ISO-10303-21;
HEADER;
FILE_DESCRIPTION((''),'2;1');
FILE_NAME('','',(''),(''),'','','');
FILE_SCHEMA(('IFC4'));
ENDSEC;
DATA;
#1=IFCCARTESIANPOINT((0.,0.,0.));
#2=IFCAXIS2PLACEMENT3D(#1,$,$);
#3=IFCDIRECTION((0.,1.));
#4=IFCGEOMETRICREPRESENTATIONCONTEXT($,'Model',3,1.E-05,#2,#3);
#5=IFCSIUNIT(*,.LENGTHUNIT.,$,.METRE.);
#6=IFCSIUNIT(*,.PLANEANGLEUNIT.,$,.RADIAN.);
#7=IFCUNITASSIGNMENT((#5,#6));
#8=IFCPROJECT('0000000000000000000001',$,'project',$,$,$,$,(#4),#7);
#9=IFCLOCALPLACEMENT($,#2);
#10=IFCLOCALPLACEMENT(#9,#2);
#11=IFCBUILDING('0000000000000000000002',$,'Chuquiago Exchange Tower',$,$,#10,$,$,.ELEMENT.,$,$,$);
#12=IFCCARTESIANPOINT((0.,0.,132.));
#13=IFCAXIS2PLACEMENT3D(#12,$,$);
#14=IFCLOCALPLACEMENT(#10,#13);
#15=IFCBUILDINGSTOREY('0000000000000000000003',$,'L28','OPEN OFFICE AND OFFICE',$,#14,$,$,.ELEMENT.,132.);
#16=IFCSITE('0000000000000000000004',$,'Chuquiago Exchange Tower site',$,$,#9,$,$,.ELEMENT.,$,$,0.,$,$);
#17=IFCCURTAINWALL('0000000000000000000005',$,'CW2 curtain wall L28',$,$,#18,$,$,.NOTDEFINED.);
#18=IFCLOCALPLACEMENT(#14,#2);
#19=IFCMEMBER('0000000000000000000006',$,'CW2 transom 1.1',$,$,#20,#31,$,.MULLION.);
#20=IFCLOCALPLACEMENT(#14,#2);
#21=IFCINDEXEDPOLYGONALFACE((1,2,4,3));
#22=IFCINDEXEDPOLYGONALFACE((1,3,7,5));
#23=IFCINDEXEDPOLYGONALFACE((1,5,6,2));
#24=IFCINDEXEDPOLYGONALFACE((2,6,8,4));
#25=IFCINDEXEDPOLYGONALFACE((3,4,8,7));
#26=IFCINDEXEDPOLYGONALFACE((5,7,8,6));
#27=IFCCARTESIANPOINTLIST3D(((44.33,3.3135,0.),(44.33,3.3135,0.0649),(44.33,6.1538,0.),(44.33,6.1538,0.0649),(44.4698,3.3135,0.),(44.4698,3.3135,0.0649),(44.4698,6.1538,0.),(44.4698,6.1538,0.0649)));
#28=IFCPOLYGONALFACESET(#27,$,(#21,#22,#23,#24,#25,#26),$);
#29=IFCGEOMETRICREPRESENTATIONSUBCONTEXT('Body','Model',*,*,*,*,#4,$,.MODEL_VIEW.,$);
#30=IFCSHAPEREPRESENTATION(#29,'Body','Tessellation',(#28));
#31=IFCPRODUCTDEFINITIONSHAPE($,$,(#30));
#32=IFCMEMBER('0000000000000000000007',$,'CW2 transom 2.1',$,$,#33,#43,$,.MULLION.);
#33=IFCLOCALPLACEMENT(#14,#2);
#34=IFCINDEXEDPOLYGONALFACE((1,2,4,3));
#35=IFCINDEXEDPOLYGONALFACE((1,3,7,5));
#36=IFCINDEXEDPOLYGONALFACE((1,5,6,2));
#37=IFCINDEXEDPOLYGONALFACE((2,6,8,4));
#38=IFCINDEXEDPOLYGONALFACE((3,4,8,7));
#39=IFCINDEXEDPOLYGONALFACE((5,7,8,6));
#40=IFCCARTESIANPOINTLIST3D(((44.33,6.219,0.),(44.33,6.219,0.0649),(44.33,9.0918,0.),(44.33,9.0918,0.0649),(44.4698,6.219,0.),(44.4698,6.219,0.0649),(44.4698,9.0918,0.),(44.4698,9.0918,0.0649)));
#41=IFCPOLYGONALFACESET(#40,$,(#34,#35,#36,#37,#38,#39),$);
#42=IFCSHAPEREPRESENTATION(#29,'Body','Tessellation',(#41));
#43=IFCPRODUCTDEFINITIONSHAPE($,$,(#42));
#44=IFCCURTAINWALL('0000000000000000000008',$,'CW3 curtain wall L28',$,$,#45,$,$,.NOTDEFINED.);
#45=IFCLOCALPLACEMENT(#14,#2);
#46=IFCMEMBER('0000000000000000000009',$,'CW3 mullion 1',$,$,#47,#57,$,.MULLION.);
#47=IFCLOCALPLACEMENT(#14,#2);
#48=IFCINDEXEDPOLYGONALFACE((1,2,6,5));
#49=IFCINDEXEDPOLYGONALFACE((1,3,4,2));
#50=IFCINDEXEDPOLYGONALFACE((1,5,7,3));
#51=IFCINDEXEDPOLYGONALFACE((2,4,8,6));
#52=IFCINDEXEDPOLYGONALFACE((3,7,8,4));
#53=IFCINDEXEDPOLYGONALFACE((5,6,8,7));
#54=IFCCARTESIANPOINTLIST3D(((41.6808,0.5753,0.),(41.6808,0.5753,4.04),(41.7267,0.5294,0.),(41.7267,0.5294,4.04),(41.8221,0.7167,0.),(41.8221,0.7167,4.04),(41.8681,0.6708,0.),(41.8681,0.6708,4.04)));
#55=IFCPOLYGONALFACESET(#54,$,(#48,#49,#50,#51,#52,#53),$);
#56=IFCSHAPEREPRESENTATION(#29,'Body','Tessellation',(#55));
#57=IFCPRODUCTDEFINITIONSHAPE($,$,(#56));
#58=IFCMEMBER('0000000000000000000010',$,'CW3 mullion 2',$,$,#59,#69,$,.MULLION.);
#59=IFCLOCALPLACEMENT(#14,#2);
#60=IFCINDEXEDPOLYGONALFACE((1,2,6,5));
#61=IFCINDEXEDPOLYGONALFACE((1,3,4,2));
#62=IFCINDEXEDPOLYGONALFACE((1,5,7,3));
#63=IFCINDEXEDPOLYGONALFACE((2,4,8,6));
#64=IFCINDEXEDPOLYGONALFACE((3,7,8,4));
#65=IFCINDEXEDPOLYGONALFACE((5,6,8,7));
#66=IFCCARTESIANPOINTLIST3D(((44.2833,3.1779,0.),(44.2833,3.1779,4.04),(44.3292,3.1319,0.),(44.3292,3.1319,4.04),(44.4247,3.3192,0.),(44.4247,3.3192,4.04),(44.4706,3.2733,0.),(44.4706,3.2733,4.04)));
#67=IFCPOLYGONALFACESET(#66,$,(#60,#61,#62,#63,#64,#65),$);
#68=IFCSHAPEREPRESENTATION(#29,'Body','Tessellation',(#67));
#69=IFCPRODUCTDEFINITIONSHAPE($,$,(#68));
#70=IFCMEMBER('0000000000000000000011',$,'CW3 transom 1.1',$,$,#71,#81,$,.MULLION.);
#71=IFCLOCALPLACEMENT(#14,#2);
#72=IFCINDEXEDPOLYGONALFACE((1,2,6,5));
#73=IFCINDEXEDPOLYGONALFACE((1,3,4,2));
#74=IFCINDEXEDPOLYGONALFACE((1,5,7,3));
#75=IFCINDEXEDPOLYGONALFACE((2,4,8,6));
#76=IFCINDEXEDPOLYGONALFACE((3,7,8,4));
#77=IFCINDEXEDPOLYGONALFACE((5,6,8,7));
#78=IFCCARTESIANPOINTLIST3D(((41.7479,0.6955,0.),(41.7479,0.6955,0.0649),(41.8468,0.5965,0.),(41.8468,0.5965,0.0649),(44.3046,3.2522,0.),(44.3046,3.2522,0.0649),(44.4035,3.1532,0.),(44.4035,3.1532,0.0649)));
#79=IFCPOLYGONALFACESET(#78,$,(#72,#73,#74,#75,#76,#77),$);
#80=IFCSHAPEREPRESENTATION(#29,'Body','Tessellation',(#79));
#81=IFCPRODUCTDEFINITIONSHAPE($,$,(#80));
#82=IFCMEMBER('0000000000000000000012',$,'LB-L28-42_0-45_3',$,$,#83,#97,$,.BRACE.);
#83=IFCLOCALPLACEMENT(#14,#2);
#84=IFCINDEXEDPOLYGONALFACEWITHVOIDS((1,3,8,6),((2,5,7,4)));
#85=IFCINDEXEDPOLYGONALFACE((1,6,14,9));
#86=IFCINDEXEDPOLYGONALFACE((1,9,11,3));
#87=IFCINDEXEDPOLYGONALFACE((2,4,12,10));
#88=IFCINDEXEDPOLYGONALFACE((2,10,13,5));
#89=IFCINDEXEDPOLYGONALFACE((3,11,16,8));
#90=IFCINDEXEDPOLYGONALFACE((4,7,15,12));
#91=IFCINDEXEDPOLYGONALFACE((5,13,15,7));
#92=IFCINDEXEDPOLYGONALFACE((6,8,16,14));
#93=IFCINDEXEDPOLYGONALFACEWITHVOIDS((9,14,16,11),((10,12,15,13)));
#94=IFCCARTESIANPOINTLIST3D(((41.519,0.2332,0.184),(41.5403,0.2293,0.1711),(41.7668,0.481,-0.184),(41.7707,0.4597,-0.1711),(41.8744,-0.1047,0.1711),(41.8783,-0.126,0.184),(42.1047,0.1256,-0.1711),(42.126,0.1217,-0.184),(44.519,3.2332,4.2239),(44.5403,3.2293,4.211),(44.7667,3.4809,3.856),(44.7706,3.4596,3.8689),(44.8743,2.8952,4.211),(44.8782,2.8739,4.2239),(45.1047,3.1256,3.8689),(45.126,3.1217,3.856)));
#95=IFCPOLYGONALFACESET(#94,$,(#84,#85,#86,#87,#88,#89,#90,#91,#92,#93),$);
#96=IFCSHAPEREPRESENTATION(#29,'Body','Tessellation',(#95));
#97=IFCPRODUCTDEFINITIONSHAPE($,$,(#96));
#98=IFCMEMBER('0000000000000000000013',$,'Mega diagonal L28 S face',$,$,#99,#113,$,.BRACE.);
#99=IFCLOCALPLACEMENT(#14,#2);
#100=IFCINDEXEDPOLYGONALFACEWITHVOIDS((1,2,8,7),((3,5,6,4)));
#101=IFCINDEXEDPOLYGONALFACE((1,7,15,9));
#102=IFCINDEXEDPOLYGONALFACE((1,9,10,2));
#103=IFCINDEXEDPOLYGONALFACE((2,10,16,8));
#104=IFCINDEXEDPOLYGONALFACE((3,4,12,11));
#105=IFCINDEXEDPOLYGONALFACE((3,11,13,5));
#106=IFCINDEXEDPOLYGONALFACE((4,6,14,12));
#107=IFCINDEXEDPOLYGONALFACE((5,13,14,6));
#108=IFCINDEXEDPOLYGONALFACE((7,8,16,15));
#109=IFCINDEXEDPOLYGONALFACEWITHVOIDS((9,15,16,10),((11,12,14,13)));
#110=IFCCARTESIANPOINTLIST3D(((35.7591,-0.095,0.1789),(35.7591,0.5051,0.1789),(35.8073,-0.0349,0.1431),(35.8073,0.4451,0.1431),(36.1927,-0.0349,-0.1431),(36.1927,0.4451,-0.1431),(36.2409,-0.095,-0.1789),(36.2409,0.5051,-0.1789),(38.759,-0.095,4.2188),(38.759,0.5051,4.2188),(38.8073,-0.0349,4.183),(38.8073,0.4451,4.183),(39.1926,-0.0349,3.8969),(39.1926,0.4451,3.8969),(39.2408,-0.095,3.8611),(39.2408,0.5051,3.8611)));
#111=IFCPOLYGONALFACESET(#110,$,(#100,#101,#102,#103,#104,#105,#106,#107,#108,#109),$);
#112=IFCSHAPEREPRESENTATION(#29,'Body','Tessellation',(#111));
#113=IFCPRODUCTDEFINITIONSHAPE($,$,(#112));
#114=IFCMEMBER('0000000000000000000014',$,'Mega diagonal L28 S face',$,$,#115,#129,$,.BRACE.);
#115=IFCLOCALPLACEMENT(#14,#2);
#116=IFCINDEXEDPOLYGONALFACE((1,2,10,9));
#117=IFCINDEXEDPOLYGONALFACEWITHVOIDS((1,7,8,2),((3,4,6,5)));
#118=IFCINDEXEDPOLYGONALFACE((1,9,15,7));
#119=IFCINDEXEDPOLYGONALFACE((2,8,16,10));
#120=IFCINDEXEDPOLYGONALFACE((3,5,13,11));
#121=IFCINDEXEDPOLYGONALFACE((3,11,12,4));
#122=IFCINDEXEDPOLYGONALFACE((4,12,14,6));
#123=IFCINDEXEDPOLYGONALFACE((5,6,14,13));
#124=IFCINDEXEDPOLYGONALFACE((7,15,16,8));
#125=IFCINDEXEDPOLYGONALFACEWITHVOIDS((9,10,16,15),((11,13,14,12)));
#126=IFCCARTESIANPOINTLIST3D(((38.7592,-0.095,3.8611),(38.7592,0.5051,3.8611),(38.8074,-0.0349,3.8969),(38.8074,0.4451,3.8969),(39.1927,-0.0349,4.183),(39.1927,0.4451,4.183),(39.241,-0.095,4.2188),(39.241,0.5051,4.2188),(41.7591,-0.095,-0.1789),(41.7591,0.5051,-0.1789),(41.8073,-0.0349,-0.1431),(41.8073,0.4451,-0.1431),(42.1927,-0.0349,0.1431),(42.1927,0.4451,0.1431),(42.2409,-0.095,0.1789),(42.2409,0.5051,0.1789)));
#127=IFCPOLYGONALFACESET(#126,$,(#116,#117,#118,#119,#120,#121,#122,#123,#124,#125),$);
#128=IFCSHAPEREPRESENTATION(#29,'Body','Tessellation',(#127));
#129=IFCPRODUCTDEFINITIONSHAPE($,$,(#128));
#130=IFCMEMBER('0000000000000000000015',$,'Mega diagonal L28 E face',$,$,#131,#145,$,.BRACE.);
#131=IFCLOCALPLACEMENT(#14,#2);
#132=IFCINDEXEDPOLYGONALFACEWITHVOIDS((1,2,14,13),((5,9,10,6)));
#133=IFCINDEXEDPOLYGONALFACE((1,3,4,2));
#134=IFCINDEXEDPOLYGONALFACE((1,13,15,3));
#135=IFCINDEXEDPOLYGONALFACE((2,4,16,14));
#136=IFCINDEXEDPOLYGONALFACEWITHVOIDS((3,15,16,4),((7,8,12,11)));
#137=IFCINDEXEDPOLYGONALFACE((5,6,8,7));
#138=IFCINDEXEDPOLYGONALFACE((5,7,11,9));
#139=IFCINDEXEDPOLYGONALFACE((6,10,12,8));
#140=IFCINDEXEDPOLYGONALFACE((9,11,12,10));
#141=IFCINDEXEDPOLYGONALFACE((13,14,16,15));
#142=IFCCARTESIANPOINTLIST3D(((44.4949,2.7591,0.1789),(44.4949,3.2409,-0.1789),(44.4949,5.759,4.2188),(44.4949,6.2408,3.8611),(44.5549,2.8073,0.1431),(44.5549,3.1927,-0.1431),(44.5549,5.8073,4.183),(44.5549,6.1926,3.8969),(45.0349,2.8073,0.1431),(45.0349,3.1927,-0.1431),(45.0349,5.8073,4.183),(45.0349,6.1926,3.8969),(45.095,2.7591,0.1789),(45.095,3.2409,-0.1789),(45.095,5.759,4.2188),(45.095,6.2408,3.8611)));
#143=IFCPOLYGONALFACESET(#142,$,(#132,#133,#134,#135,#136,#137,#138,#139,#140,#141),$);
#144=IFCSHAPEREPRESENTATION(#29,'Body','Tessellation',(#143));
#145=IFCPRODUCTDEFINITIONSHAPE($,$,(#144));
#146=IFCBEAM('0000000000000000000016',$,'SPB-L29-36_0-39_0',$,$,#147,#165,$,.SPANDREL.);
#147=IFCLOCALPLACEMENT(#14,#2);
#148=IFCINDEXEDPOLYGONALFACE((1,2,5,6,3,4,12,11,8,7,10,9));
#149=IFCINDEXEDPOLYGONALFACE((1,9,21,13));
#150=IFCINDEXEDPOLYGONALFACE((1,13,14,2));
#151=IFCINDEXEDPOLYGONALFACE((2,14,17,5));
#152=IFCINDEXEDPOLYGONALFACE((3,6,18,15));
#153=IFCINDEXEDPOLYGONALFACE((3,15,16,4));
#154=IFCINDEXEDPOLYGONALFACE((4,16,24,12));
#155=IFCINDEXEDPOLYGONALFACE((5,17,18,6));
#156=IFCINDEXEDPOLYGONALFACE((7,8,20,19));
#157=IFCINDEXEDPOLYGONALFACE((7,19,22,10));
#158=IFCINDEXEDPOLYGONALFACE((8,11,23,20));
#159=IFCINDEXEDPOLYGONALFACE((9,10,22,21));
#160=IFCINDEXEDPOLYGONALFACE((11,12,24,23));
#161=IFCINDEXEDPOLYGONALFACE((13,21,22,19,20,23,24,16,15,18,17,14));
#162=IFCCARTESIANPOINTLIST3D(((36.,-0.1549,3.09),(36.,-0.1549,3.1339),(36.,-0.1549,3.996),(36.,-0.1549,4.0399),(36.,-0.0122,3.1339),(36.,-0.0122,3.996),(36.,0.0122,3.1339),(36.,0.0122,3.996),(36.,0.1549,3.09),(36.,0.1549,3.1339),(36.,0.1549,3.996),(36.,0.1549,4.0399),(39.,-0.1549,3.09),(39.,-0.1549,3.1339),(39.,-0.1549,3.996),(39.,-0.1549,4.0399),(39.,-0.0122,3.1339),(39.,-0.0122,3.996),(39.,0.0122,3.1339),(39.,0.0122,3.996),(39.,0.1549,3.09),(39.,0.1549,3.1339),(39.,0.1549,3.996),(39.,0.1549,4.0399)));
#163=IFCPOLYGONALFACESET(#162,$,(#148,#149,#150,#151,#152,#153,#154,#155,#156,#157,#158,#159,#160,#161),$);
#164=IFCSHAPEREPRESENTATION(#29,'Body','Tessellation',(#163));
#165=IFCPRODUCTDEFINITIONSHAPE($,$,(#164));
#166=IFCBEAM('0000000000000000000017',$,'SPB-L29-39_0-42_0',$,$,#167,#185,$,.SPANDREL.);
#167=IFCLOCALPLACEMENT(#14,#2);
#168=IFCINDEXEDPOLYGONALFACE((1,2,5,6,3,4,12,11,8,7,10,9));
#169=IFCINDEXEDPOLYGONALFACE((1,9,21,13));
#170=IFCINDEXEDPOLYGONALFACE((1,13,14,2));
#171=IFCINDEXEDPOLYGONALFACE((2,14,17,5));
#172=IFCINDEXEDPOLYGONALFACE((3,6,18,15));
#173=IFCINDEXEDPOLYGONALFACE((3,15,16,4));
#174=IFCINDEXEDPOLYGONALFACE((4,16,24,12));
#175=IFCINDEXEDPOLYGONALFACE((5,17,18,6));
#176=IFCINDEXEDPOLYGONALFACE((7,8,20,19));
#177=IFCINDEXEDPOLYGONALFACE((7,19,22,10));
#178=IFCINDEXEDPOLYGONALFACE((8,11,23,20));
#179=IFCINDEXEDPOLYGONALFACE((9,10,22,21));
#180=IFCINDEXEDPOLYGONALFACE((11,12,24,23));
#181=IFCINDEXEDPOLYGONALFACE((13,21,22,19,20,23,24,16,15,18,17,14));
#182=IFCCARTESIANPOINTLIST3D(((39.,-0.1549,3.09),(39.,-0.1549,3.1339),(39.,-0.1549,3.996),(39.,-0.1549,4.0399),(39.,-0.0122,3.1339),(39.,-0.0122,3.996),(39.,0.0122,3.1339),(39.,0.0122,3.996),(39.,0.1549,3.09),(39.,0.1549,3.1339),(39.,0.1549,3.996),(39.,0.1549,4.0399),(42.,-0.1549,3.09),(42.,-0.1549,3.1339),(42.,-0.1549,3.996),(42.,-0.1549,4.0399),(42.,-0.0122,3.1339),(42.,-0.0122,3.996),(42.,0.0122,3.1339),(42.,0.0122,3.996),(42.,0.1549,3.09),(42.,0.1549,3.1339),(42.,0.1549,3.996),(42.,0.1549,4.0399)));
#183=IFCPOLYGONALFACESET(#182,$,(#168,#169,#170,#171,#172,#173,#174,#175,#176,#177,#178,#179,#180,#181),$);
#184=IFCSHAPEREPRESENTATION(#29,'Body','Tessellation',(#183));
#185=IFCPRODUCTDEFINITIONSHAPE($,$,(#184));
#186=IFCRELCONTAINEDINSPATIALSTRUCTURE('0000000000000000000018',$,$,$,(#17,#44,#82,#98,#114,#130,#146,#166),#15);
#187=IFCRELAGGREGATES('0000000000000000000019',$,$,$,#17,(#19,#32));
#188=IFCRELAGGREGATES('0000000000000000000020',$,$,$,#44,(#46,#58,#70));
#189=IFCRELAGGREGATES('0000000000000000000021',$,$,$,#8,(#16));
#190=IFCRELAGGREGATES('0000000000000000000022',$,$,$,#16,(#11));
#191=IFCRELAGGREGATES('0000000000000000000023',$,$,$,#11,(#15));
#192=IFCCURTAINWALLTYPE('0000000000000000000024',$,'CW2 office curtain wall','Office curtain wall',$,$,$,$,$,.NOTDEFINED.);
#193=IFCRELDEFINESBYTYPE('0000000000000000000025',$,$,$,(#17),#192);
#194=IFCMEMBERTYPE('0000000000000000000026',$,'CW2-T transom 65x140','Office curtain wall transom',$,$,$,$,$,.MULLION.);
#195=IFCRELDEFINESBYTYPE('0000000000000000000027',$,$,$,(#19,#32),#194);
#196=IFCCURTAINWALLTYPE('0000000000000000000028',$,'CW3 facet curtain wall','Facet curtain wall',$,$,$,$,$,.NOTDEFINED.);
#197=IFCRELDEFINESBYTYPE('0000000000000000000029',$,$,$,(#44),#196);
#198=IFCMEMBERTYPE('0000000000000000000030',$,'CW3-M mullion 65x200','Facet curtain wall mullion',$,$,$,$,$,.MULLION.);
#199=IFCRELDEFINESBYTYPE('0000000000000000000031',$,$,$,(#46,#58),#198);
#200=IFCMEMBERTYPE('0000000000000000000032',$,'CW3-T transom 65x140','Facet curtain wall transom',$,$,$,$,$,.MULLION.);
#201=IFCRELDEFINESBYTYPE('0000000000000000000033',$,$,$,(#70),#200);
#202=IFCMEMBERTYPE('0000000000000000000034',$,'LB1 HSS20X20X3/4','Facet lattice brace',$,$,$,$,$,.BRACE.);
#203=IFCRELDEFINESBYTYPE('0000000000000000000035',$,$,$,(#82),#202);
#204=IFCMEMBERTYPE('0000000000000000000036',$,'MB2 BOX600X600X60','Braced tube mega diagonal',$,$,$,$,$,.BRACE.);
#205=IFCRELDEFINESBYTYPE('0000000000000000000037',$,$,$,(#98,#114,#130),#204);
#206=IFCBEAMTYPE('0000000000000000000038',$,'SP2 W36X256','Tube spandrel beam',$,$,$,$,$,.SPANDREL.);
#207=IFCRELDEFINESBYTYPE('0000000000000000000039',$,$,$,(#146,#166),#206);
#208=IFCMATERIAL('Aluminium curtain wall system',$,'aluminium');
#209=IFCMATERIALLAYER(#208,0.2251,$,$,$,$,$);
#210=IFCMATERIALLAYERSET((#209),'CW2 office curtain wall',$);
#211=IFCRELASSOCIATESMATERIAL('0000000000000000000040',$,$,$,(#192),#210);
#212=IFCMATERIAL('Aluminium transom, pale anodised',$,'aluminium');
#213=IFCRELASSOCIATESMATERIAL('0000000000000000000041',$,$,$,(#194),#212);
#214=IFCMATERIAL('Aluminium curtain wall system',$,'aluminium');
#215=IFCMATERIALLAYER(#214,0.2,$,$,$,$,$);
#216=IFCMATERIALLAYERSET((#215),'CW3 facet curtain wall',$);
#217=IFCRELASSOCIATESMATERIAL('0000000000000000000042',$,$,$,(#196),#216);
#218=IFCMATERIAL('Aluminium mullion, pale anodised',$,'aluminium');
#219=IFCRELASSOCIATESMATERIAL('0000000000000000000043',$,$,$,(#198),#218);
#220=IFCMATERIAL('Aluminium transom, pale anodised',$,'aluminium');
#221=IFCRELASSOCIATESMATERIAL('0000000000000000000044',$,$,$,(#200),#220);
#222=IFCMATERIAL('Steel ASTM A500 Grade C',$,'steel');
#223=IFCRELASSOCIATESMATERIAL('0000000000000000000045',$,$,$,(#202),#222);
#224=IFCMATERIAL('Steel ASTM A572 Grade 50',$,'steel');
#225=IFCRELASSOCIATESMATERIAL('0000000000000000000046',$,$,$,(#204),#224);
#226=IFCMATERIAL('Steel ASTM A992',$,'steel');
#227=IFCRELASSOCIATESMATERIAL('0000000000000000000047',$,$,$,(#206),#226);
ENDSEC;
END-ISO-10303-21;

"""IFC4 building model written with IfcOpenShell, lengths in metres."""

from ifc_helpers import new_model, si_unit, direction, frame, origin, origin_2d, place, context, subcontext, project, spatial, rectangle, hollow_rectangle, i_section, extrude, material, layer, layer_set, material_profile, profile_set, type_object, element, aggregate, save


model = new_model("IFC4")

# Units and contexts
model_context = context("Model", 3, precision=1e-05, world=origin(), true_north=direction((0.0, 1.0)))
body_context = subcontext(model_context, "Body", "Model", "MODEL_VIEW")
ifc_project = project(units=[si_unit("LENGTHUNIT", "METRE"), si_unit("PLANEANGLEUNIT", "RADIAN")], contexts=[model_context])

# Site, building, storey
site_placement = place(None, origin())
site = spatial("IfcSite", under=ifc_project, at=site_placement, Name="Chuquiago Exchange Tower site", CompositionType="ELEMENT", RefElevation=0.0)
building_placement = place(site_placement, origin())
building = spatial("IfcBuilding", under=site, at=building_placement, Name="Chuquiago Exchange Tower", CompositionType="ELEMENT")
storey_placement = place(building_placement, frame((0.0, 0.0, 132.0)))
storey = spatial("IfcBuildingStorey", under=building, at=storey_placement, Name="L28", Description="OPEN OFFICE AND OFFICE", CompositionType="ELEMENT", Elevation=132.0)

# Curtain wall
ifc_material_1 = material(Name="Aluminium curtain wall system", Category="aluminium")
ifc_layer_1 = layer(ifc_material_1, 0.2251)
ifc_layer_set_1 = layer_set([ifc_layer_1], Name="CW2 office curtain wall")
curtain_wall_type_1 = type_object("IfcCurtainWallType", Name="CW2 office curtain wall", Description="Office curtain wall", PredefinedType="NOTDEFINED", material=ifc_layer_set_1)
curtain_wall_1_placement = place(storey_placement, origin())
curtain_wall_1 = element("IfcCurtainWall", 1, at=curtain_wall_1_placement, inside=storey, type_object=curtain_wall_type_1, Name="CW2 curtain wall L28", PredefinedType="NOTDEFINED")

# Members
ifc_material_2 = material(Name="Aluminium transom, pale anodised", Category="aluminium")
ifc_material_profile_1 = material_profile(ifc_material_2, rectangle(XDim=0.1399, YDim=0.0649, at=origin_2d()), Name="AL 140x65")
ifc_profile_set_1 = profile_set([ifc_material_profile_1], Name="Aluminium transom, pale anodised")
member_type_1 = type_object("IfcMemberType", Name="CW2-T transom 65x140", Description="Office curtain wall transom", PredefinedType="MULLION", material=ifc_profile_set_1)
member_1_placement = place(storey_placement, frame((44.3999, 3.3135, 0.0325), z_axis=(0.0, 1.0, 0.0), x_axis=(-1.0, 0.0, 0.0)))
member_1 = element("IfcMember", 2, at=member_1_placement, type_object=member_type_1, Name="CW2 transom 1.1", PredefinedType="MULLION", context=body_context, shape_type="SweptSolid", body=[
    extrude(rectangle(XDim=0.1399, YDim=0.0649, at=origin_2d()), origin(), (0.0, 0.0, 1.0), 2.8403),
])
member_2_placement = place(storey_placement, frame((44.3999, 6.219, 0.0325), z_axis=(0.0, 1.0, 0.0), x_axis=(-1.0, 0.0, 0.0)))
member_2 = element("IfcMember", 3, at=member_2_placement, type_object=member_type_1, Name="CW2 transom 2.1", PredefinedType="MULLION", context=body_context, shape_type="SweptSolid", body=[
    extrude(rectangle(XDim=0.1399, YDim=0.0649, at=origin_2d()), origin(), (0.0, 0.0, 1.0), 2.8728),
])

# Curtain wall, members
ifc_material_3 = material(Name="Aluminium curtain wall system", Category="aluminium")
ifc_layer_2 = layer(ifc_material_3, 0.2)
ifc_layer_set_2 = layer_set([ifc_layer_2], Name="CW3 facet curtain wall")
curtain_wall_type_2 = type_object("IfcCurtainWallType", Name="CW3 facet curtain wall", Description="Facet curtain wall", PredefinedType="NOTDEFINED", material=ifc_layer_set_2)
curtain_wall_2_placement = place(storey_placement, origin())
curtain_wall_2 = element("IfcCurtainWall", 4, at=curtain_wall_2_placement, inside=storey, type_object=curtain_wall_type_2, Name="CW3 curtain wall L28", PredefinedType="NOTDEFINED")
ifc_material_4 = material(Name="Aluminium mullion, pale anodised", Category="aluminium")
ifc_material_profile_2 = material_profile(ifc_material_4, rectangle(XDim=0.0649, YDim=0.2, at=origin_2d()), Name="AL 65x200")
ifc_profile_set_2 = profile_set([ifc_material_profile_2], Name="Aluminium mullion, pale anodised")
member_type_2 = type_object("IfcMemberType", Name="CW3-M mullion 65x200", Description="Facet curtain wall mullion", PredefinedType="MULLION", material=ifc_profile_set_2)
member_3_placement = place(storey_placement, frame((41.7744, 0.623, 0.0), z_axis=(0.0, 0.0, 1.0), x_axis=(-0.707107, 0.707107, 0.0)))
member_3 = element("IfcMember", 5, at=member_3_placement, type_object=member_type_2, Name="CW3 mullion 1", PredefinedType="MULLION", context=body_context, shape_type="SweptSolid", body=[
    extrude(rectangle(XDim=0.0649, YDim=0.2, at=origin_2d()), origin(), (0.0, 0.0, 1.0), 4.04),
])
member_4_placement = place(storey_placement, frame((44.377, 3.2256, 0.0), z_axis=(0.0, 0.0, 1.0), x_axis=(-0.707107, 0.707107, 0.0)))
member_4 = element("IfcMember", 6, at=member_4_placement, type_object=member_type_2, Name="CW3 mullion 2", PredefinedType="MULLION", context=body_context, shape_type="SweptSolid", body=[
    extrude(rectangle(XDim=0.0649, YDim=0.2, at=origin_2d()), origin(), (0.0, 0.0, 1.0), 4.04),
])
ifc_material_5 = material(Name="Aluminium transom, pale anodised", Category="aluminium")
ifc_material_profile_3 = material_profile(ifc_material_5, rectangle(XDim=0.1399, YDim=0.0649, at=origin_2d()), Name="AL 140x65")
ifc_profile_set_3 = profile_set([ifc_material_profile_3], Name="Aluminium transom, pale anodised")
member_type_3 = type_object("IfcMemberType", Name="CW3-T transom 65x140", Description="Facet curtain wall transom", PredefinedType="MULLION", material=ifc_profile_set_3)
member_5_placement = place(storey_placement, frame((41.7974, 0.646, 0.0325), z_axis=(0.707107, 0.707107, 0.0), x_axis=(-0.707107, 0.707107, 0.0)))
member_5 = element("IfcMember", 7, at=member_5_placement, type_object=member_type_3, Name="CW3 transom 1.1", PredefinedType="MULLION", context=body_context, shape_type="SweptSolid", body=[
    extrude(rectangle(XDim=0.1399, YDim=0.0649, at=origin_2d()), origin(), (0.0, 0.0, 1.0), 3.6157),
])

# Members
ifc_material_6 = material(Name="Steel ASTM A500 Grade C", Category="steel")
ifc_material_profile_4 = material_profile(ifc_material_6, hollow_rectangle(XDim=0.5081, YDim=0.5081, WallThickness=0.0178, at=origin_2d()), Name="HSS20X20X3/4")
ifc_profile_set_4 = profile_set([ifc_material_profile_4], Name="Steel ASTM A500 Grade C")
member_type_4 = type_object("IfcMemberType", Name="LB1 HSS20X20X3/4", Description="Facet lattice brace", PredefinedType="BRACE", material=ifc_profile_set_4)
member_6_placement = place(storey_placement, frame((41.8225, 0.1775, 0.0), z_axis=(0.512077, 0.512077, 0.689604), x_axis=(-0.707107, 0.707107, 0.0)))
element("IfcMember", 8, at=member_6_placement, inside=storey, type_object=member_type_4, Name="LB-L28-42_0-45_3", PredefinedType="BRACE", context=body_context, shape_type="SweptSolid", body=[
    extrude(hollow_rectangle(XDim=0.5081, YDim=0.5081, WallThickness=0.0178, at=origin_2d()), origin(), (0.0, 0.0, 1.0), 5.8584),
])
ifc_material_7 = material(Name="Steel ASTM A572 Grade 50", Category="steel")
ifc_material_profile_5 = material_profile(ifc_material_7, hollow_rectangle(XDim=0.6001, YDim=0.6001, WallThickness=0.0601, at=origin_2d()), Name="BOX600X600X60")
ifc_profile_set_5 = profile_set([ifc_material_profile_5], Name="Steel ASTM A572 Grade 50")
member_type_5 = type_object("IfcMemberType", Name="MB2 BOX600X600X60", Description="Braced tube mega diagonal", PredefinedType="BRACE", material=ifc_profile_set_5)
for number, where, z_axis, x_axis, name in (
    (9, (36.0, 0.2051, 0.0), (0.596174, 0.0, 0.802855), (0.0, 1.0, 0.0), "Mega diagonal L28 S face"),
    (10, (42.0, 0.2051, 0.0), (-0.596174, 0.0, 0.802855), (0.0, -1.0, 0.0), "Mega diagonal L28 S face"),
    (11, (44.7949, 3.0, 0.0), (0.0, 0.596174, 0.802855), (-1.0, 0.0, 0.0), "Mega diagonal L28 E face"),
):
    element("IfcMember", number, at=place(storey_placement, frame(where, z_axis=z_axis, x_axis=x_axis)), inside=storey, type_object=member_type_5, Name=name, PredefinedType="BRACE", context=body_context, shape_type="SweptSolid", body=[
        extrude(hollow_rectangle(XDim=0.6001, YDim=0.6001, WallThickness=0.0601, at=origin_2d()), origin(), (0.0, 0.0, 1.0), 5.032),
    ])

# Beams
ifc_material_8 = material(Name="Steel ASTM A992", Category="steel")
ifc_material_profile_6 = material_profile(ifc_material_8, i_section(OverallWidth=0.3098, OverallDepth=0.95, WebThickness=0.0244, FlangeThickness=0.0439, at=origin_2d()), Name="W36X256")
ifc_profile_set_6 = profile_set([ifc_material_profile_6], Name="Steel ASTM A992")
beam_type = type_object("IfcBeamType", Name="SP2 W36X256", Description="Tube spandrel beam", PredefinedType="SPANDREL", material=ifc_profile_set_6)
for number, where, z_axis, x_axis, name in (
    (12, (36.0, 0.0, 3.5649), (1.0, 0.0, 0.0), (0.0, 1.0, 0.0), "SPB-L29-36_0-39_0"),
    (13, (39.0, 0.0, 3.5649), (1.0, 0.0, 0.0), (0.0, 1.0, 0.0), "SPB-L29-39_0-42_0"),
):
    element("IfcBeam", number, at=place(storey_placement, frame(where, z_axis=z_axis, x_axis=x_axis)), inside=storey, type_object=beam_type, Name=name, PredefinedType="SPANDREL", context=body_context, shape_type="SweptSolid", body=[
        extrude(i_section(OverallWidth=0.3098, OverallDepth=0.95, WebThickness=0.0244, FlangeThickness=0.0439, at=origin_2d()), origin(), (0.0, 0.0, 1.0), 3.0),
    ])

aggregate(curtain_wall_1, [member_1, member_2])
aggregate(curtain_wall_2, [member_3, member_4, member_5])

save(model, "model.ifc")
